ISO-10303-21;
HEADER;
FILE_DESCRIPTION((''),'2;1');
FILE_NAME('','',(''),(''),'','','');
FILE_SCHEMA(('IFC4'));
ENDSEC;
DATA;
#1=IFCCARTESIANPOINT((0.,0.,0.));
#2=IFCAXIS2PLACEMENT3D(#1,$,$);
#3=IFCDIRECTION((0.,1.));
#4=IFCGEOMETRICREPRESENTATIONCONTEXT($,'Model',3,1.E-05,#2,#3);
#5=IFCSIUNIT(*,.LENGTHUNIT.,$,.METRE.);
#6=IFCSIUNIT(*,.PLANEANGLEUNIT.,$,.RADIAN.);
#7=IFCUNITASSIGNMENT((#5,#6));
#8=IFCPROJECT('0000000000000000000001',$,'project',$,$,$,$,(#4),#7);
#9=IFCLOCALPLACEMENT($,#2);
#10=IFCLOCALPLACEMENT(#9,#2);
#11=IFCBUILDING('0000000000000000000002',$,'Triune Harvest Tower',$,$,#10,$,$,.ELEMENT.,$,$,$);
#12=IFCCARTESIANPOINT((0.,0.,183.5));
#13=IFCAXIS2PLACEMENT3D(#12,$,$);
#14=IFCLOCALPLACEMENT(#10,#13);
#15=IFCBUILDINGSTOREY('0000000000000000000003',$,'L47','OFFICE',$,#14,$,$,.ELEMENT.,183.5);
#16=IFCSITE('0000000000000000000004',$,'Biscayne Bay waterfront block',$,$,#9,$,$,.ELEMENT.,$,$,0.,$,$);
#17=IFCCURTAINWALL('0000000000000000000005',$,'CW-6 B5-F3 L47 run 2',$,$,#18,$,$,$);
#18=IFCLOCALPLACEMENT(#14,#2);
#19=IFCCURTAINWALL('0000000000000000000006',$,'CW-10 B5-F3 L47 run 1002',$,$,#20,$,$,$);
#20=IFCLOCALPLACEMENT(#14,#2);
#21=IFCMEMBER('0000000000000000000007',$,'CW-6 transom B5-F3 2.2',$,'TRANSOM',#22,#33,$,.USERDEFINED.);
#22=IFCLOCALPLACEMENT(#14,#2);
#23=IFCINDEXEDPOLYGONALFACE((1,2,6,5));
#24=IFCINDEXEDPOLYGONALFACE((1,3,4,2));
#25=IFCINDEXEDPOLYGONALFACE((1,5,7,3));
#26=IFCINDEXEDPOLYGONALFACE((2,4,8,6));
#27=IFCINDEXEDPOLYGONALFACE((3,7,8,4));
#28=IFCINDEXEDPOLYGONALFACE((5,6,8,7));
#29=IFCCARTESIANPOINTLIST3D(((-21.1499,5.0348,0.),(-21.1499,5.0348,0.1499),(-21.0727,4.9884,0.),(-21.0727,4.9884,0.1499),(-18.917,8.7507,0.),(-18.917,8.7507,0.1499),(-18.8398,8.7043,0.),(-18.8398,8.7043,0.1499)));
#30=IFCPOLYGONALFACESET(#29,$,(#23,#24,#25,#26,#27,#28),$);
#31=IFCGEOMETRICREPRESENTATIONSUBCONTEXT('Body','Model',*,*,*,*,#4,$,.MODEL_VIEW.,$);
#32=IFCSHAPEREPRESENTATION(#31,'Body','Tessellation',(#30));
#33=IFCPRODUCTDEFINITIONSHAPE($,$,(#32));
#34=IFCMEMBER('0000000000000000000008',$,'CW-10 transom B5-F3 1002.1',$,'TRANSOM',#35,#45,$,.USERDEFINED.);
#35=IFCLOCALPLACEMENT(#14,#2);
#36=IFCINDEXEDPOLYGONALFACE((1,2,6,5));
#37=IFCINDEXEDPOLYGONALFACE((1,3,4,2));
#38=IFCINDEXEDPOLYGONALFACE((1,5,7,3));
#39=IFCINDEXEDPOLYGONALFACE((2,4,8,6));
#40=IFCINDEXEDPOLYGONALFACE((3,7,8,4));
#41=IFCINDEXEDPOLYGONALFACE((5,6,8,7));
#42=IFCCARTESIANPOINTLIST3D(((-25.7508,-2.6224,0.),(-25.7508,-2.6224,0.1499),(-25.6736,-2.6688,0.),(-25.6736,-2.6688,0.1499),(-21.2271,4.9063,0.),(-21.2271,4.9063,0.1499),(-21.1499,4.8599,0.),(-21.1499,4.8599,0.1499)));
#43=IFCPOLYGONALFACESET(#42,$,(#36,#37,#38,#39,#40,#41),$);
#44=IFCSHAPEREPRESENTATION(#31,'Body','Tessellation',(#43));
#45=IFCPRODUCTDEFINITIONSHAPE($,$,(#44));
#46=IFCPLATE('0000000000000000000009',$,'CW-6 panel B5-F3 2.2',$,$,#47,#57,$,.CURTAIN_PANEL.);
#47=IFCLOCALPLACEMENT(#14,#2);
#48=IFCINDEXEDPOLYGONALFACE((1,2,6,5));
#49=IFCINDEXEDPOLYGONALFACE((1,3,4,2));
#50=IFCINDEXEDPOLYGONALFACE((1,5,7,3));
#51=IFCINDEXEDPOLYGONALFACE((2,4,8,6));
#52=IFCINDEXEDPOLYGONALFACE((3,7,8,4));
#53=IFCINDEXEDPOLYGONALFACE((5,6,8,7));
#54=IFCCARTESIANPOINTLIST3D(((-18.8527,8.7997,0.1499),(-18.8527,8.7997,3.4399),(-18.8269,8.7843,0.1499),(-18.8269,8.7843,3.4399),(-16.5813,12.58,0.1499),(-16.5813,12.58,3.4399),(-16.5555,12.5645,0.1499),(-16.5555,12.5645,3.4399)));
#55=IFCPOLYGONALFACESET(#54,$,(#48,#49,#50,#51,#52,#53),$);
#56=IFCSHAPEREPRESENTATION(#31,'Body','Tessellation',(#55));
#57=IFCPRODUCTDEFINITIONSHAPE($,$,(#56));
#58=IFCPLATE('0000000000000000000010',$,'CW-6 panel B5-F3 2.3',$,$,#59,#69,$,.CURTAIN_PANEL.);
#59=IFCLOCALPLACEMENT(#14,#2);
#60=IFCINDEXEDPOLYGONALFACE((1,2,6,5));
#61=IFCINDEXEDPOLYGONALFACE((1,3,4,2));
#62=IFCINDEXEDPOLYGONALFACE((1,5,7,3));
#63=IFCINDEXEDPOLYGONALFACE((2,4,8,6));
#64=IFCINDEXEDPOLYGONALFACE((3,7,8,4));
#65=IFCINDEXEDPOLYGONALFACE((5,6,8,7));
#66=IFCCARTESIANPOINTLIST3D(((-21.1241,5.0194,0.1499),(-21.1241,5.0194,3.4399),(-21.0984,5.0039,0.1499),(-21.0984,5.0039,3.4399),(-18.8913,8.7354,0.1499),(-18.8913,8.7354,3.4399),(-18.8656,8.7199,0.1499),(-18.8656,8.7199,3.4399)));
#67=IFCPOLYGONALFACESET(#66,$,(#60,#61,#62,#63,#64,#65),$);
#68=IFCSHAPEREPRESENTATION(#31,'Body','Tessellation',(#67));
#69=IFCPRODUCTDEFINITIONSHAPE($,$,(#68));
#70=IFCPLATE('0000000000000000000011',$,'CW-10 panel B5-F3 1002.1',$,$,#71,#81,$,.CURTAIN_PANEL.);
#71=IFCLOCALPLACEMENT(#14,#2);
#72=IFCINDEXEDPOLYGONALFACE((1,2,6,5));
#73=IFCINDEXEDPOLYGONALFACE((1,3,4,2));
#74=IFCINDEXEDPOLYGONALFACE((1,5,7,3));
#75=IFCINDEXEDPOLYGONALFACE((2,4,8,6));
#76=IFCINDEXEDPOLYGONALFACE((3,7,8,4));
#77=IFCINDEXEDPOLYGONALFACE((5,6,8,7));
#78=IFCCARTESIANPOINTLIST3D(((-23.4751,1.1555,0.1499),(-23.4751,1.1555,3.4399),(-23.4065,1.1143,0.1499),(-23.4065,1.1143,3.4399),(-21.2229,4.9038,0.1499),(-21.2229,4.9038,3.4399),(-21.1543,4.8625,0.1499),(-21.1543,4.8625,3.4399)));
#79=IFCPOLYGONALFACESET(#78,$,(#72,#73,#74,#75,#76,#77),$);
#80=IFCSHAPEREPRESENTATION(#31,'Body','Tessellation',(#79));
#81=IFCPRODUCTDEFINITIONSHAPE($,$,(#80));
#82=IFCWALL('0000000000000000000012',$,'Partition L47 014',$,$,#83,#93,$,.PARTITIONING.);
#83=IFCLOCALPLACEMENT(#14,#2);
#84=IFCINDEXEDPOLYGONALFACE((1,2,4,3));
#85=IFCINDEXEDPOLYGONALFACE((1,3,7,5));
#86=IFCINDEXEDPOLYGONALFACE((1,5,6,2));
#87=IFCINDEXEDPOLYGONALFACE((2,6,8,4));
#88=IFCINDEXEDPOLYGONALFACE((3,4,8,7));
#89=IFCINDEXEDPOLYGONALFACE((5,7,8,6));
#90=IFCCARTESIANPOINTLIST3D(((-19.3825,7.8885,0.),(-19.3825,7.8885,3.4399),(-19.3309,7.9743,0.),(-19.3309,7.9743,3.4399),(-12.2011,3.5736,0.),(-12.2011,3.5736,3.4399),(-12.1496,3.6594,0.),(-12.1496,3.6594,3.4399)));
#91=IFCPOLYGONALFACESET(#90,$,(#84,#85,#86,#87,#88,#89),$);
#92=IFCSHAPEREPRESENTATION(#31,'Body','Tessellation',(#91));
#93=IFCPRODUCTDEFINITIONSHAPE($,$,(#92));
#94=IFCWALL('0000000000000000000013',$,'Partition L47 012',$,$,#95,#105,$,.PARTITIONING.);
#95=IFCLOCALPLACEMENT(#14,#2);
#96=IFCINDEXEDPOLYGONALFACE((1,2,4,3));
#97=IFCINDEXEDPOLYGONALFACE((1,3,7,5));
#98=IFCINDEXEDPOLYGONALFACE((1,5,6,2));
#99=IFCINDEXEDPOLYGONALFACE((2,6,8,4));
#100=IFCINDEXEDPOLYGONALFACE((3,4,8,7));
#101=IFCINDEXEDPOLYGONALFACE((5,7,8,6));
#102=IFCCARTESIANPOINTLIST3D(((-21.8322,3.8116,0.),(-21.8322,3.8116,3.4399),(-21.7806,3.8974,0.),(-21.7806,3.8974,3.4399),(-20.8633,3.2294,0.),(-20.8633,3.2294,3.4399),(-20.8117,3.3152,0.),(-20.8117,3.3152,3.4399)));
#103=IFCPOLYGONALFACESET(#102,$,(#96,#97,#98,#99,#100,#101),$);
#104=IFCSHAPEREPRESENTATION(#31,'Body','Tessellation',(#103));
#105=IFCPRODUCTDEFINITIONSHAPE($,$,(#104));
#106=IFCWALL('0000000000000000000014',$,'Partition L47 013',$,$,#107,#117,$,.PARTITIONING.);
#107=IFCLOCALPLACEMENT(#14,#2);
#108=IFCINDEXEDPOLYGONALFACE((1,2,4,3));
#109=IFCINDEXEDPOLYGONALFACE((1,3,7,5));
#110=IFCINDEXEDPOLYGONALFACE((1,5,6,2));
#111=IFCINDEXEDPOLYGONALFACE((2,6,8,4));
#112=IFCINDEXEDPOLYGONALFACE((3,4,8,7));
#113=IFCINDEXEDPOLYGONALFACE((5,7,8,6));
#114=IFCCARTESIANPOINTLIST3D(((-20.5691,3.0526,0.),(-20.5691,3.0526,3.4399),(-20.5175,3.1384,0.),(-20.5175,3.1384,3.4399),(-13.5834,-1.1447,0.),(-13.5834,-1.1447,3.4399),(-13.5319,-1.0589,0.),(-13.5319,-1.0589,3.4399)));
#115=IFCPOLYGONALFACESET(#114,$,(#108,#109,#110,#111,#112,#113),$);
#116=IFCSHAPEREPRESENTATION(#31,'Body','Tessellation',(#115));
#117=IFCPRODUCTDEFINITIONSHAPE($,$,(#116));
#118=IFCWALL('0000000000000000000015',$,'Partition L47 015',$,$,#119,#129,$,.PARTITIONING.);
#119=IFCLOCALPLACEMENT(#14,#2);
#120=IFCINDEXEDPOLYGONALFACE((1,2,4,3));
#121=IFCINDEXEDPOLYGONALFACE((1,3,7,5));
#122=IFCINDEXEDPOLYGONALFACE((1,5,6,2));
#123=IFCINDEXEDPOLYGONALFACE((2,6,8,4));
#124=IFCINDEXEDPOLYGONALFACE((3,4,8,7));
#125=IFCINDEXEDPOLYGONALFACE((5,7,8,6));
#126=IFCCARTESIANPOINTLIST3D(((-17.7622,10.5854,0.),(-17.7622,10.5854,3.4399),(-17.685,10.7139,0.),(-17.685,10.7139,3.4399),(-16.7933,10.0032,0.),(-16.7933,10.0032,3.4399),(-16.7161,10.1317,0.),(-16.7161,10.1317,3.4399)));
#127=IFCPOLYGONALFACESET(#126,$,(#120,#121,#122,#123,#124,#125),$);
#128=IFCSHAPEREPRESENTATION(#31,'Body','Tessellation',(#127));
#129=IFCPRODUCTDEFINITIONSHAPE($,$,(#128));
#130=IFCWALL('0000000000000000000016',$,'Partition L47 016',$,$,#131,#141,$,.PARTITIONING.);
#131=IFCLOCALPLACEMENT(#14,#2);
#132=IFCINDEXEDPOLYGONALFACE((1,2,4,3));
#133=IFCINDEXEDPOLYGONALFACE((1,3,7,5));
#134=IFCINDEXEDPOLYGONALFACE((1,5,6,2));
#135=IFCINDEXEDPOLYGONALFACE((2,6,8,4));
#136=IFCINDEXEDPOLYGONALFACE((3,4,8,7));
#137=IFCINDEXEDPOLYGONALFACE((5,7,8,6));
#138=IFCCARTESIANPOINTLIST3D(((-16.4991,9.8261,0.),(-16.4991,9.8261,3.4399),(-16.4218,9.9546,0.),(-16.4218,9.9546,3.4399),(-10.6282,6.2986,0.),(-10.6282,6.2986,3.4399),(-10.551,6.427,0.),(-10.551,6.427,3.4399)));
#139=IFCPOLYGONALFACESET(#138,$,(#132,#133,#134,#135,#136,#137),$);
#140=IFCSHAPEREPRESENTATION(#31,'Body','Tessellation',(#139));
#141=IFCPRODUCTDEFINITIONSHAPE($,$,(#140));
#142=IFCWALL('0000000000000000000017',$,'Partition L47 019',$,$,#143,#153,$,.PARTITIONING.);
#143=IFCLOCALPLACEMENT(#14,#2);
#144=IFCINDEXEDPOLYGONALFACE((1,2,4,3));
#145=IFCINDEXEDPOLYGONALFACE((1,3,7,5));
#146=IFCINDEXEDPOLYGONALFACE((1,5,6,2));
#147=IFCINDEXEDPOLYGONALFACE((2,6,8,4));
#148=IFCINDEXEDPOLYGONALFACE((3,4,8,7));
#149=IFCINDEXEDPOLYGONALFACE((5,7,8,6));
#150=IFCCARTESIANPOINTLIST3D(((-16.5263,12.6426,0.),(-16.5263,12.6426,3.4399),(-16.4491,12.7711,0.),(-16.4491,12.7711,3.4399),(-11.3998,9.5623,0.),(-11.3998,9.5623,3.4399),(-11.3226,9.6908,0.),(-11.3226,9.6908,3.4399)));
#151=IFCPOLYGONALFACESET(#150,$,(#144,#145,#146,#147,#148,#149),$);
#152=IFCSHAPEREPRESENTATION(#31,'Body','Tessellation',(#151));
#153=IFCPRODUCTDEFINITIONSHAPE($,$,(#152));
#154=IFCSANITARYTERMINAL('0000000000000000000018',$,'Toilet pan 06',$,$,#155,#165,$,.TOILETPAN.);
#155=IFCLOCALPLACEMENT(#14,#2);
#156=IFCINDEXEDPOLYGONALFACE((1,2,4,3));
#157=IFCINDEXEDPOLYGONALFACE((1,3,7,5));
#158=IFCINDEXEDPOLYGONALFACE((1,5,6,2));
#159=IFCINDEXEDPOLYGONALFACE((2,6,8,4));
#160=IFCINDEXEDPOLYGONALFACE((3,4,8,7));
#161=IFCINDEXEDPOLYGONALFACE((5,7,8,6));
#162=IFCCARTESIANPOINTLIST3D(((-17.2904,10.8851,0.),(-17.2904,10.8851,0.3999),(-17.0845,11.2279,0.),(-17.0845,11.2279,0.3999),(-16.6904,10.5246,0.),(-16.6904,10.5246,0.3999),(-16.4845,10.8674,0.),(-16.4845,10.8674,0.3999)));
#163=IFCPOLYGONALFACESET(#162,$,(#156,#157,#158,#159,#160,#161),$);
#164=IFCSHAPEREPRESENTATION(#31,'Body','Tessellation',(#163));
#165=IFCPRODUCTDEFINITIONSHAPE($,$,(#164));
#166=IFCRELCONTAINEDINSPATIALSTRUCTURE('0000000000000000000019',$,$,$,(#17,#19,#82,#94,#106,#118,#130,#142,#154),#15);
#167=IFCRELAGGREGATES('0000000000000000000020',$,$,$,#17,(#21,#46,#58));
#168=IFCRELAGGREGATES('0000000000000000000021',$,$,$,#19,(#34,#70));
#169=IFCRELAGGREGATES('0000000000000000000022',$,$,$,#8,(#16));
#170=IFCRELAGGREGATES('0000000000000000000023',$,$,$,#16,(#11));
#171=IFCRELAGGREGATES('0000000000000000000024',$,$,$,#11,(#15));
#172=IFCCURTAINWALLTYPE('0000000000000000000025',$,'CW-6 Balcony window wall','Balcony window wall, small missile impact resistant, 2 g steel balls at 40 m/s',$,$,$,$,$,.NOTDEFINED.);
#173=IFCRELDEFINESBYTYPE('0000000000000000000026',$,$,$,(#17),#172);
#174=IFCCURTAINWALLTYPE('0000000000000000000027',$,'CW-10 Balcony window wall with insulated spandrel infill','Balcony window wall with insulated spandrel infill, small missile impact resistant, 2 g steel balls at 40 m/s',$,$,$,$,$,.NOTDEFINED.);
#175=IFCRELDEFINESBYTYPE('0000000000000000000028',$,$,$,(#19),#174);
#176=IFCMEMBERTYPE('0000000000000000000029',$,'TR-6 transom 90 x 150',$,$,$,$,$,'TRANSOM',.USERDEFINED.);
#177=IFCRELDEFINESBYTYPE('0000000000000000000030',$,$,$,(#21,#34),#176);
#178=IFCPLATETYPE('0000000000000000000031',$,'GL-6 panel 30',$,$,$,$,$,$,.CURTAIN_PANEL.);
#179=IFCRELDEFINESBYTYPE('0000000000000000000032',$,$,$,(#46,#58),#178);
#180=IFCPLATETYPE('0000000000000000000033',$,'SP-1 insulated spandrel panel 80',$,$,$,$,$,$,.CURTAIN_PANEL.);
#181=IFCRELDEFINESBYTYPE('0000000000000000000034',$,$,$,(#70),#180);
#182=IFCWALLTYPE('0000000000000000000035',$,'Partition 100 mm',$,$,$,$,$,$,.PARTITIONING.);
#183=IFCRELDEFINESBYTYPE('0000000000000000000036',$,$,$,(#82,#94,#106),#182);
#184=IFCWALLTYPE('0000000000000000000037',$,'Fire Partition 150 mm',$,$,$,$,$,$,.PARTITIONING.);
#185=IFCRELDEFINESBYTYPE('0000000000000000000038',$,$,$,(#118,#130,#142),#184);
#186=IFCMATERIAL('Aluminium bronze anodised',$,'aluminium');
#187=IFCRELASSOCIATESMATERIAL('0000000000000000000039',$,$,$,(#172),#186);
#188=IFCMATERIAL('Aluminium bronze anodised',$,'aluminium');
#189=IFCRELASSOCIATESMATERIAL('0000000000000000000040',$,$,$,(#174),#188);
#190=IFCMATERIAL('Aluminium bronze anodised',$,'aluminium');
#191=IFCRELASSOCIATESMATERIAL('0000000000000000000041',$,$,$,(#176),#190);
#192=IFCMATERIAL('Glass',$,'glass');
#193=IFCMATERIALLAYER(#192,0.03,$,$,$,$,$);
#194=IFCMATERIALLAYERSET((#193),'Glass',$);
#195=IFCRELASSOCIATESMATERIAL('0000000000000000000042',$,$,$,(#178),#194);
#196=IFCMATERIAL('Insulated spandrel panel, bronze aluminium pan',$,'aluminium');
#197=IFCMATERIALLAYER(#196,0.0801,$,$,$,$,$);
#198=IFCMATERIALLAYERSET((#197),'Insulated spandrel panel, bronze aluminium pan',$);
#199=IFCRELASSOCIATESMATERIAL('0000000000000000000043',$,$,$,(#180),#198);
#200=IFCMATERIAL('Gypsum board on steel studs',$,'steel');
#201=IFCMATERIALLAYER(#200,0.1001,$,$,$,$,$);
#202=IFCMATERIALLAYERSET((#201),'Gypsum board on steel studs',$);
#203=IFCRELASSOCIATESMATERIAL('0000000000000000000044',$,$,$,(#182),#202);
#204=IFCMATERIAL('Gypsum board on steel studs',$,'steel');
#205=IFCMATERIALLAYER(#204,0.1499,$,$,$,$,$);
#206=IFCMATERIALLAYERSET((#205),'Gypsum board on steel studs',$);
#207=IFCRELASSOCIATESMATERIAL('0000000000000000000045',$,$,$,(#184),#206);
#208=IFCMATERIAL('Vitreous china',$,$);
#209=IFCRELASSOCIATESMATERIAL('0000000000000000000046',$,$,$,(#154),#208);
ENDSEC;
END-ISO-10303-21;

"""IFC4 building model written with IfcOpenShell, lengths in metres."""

from ifc_helpers import new_model, si_unit, direction, frame, frame_2d, origin, origin_2d, place, context, subcontext, project, spatial, rectangle, extrude, source, transform, mapped, material, layer, layer_set, material_profile, profile_set, type_object, element, aggregate, save


model = new_model("IFC4")

# Units and contexts
model_context = context("Model", 3, precision=1e-05, world=origin(), true_north=direction((0.0, 1.0)))
body_context = subcontext(model_context, "Body", "Model", "MODEL_VIEW")
ifc_project = project(units=[si_unit("LENGTHUNIT", "METRE"), si_unit("PLANEANGLEUNIT", "RADIAN")], contexts=[model_context])

# Site, building, storey
site_placement = place(None, origin())
site = spatial("IfcSite", under=ifc_project, at=site_placement, Name="Biscayne Bay waterfront block", CompositionType="ELEMENT", RefElevation=0.0)
building_placement = place(site_placement, origin())
building = spatial("IfcBuilding", under=site, at=building_placement, Name="Triune Harvest Tower", CompositionType="ELEMENT")
storey_placement = place(building_placement, frame((0.0, 0.0, 183.5)))
storey = spatial("IfcBuildingStorey", under=building, at=storey_placement, Name="L47", Description="OFFICE", CompositionType="ELEMENT", Elevation=183.5)

# Curtain wall
ifc_material_1 = material(Name="Aluminium bronze anodised", Category="aluminium")
curtain_wall_type_1 = type_object("IfcCurtainWallType", Name="CW-6 Balcony window wall", Description="Balcony window wall, small missile impact resistant, 2 g steel balls at 40 m/s", PredefinedType="NOTDEFINED", material=ifc_material_1)
curtain_wall_1_placement = place(storey_placement, origin())
curtain_wall_1 = element("IfcCurtainWall", 1, at=curtain_wall_1_placement, inside=storey, type_object=curtain_wall_type_1, Name="CW-6 B5-F3 L47 run 2")

# Curtain wall
ifc_material_2 = material(Name="Aluminium bronze anodised", Category="aluminium")
curtain_wall_type_2 = type_object("IfcCurtainWallType", Name="CW-10 Balcony window wall with insulated spandrel infill", Description="Balcony window wall with insulated spandrel infill, small missile impact resistant, 2 g steel balls at 40 m/s", PredefinedType="NOTDEFINED", material=ifc_material_2)
curtain_wall_2_placement = place(storey_placement, origin())
curtain_wall_2 = element("IfcCurtainWall", 2, at=curtain_wall_2_placement, inside=storey, type_object=curtain_wall_type_2, Name="CW-10 B5-F3 L47 run 1002")

# Members
ifc_material_3 = material(Name="Aluminium bronze anodised", Category="aluminium")
ifc_material_profile_1 = material_profile(ifc_material_3, rectangle(XDim=0.0901, YDim=0.1499, at=origin_2d()), Name="TR-6 transom 90 x 150")
ifc_profile_set_1 = profile_set([ifc_material_profile_1], Name="Aluminium bronze anodised")
member_type_1 = type_object("IfcMemberType", Name="TR-6 transom 90 x 150", ElementType="TRANSOM", PredefinedType="USERDEFINED", material=ifc_profile_set_1)
shared_shape_1 = source(origin(), body_context, "Body", "SweptSolid", [
    extrude(rectangle(XDim=0.0901, YDim=0.1499, at=origin_2d()), origin(), (0.0, 0.0, 1.0), 4.3352),
])
member_1_placement = place(storey_placement, frame((-18.8784, 8.7275, 0.075), z_axis=(-0.515051, -0.85716, 0.0), x_axis=(0.85716, -0.515051, 0.0)))
member_1 = element("IfcMember", 3, at=member_1_placement, type_object=member_type_1, Name="CW-6 transom B5-F3 2.2", ObjectType="TRANSOM", PredefinedType="USERDEFINED", context=body_context, shape_type="MappedRepresentation", body=[
    mapped(shared_shape_1, transform((0.0, 0.0, 0.0), scale=1.0)),
])
shared_shape_2 = source(origin(), body_context, "Body", "SweptSolid", [
    extrude(rectangle(XDim=0.0901, YDim=0.1499, at=origin_2d()), origin(), (0.0, 0.0, 1.0), 8.7832),
])
member_2_placement = place(storey_placement, frame((-21.1885, 4.8831, 0.075), z_axis=(-0.515043, -0.857164, 0.0), x_axis=(0.857164, -0.515043, 0.0)))
member_2 = element("IfcMember", 4, at=member_2_placement, type_object=member_type_1, Name="CW-10 transom B5-F3 1002.1", ObjectType="TRANSOM", PredefinedType="USERDEFINED", context=body_context, shape_type="MappedRepresentation", body=[
    mapped(shared_shape_2, transform((0.0, 0.0, 0.0), scale=1.0)),
])

# Plates
ifc_material_4 = material(Name="Glass", Category="glass")
ifc_layer_1 = layer(ifc_material_4, 0.03)
ifc_layer_set_1 = layer_set([ifc_layer_1], Name="Glass")
plate_type_1 = type_object("IfcPlateType", Name="GL-6 panel 30", PredefinedType="CURTAIN_PANEL", material=ifc_layer_set_1)
shared_shape_3 = source(origin(), body_context, "Body", "SweptSolid", [
    extrude(rectangle(XDim=4.4102, YDim=0.03, at=origin_2d()), origin(), (0.0, 0.0, 1.0), 3.29),
])
plate_1_placement = place(storey_placement, frame((-17.7041, 10.6821, 0.1499), z_axis=(0.0, 0.0, 1.0), x_axis=(-0.515037, -0.857168, 0.0)))
plate_1 = element("IfcPlate", 5, at=plate_1_placement, type_object=plate_type_1, Name="CW-6 panel B5-F3 2.2", PredefinedType="CURTAIN_PANEL", context=body_context, shape_type="MappedRepresentation", body=[
    mapped(shared_shape_3, transform((0.0, 0.0, 0.0), scale=1.0)),
])
shared_shape_4 = source(origin(), body_context, "Body", "SweptSolid", [
    extrude(rectangle(XDim=4.3352, YDim=0.03, at=origin_2d()), origin(), (0.0, 0.0, 1.0), 3.29),
])
plate_2_placement = place(storey_placement, frame((-19.9949, 6.8696, 0.1499), z_axis=(0.0, 0.0, 1.0), x_axis=(-0.515037, -0.857168, 0.0)))
plate_2 = element("IfcPlate", 6, at=plate_2_placement, type_object=plate_type_1, Name="CW-6 panel B5-F3 2.3", PredefinedType="CURTAIN_PANEL", context=body_context, shape_type="MappedRepresentation", body=[
    mapped(shared_shape_4, transform((0.0, 0.0, 0.0), scale=1.0)),
])
aggregate(curtain_wall_1, [member_1, plate_1, plate_2])
ifc_material_5 = material(Name="Insulated spandrel panel, bronze aluminium pan", Category="aluminium")
ifc_layer_2 = layer(ifc_material_5, 0.0801)
ifc_layer_set_2 = layer_set([ifc_layer_2], Name="Insulated spandrel panel, bronze aluminium pan")
plate_type_2 = type_object("IfcPlateType", Name="SP-1 insulated spandrel panel 80", PredefinedType="CURTAIN_PANEL", material=ifc_layer_set_2)
shared_shape_5 = source(origin(), body_context, "Body", "SweptSolid", [
    extrude(rectangle(XDim=4.3728, YDim=0.0801, at=origin_2d()), origin(), (0.0, 0.0, 1.0), 3.29),
])
plate_3_placement = place(storey_placement, frame((-22.3147, 3.009, 0.1499), z_axis=(0.0, 0.0, 1.0), x_axis=(-0.515036, -0.857169, 0.0)))
plate_3 = element("IfcPlate", 7, at=plate_3_placement, type_object=plate_type_2, Name="CW-10 panel B5-F3 1002.1", PredefinedType="CURTAIN_PANEL", context=body_context, shape_type="MappedRepresentation", body=[
    mapped(shared_shape_5, transform((0.0, 0.0, 0.0), scale=1.0)),
])
aggregate(curtain_wall_2, [member_2, plate_3])

# Walls
ifc_material_6 = material(Name="Gypsum board on steel studs", Category="steel")
ifc_layer_3 = layer(ifc_material_6, 0.1001)
ifc_layer_set_3 = layer_set([ifc_layer_3], Name="Gypsum board on steel studs")
wall_type_1 = type_object("IfcWallType", Name="Partition 100 mm", PredefinedType="PARTITIONING", material=ifc_layer_set_3)
wall_1_placement = place(storey_placement, frame((-19.3567, 7.9314, 0.0), z_axis=(0.0, 0.0, 1.0), x_axis=(0.857171, -0.515031, 0.0)))
element("IfcWall", 8, at=wall_1_placement, inside=storey, type_object=wall_type_1, Name="Partition L47 014", PredefinedType="PARTITIONING", context=body_context, shape_type="SweptSolid", body=[
    extrude(rectangle(XDim=8.3779, YDim=0.1001, at=frame_2d((4.189, 0.0))), origin(), (0.0, 0.0, 1.0), 3.4399),
])
shared_shape_6 = source(origin(), body_context, "Body", "SweptSolid", [
    extrude(rectangle(XDim=1.1304, YDim=0.1001, at=frame_2d((0.5652, 0.0))), origin(), (0.0, 0.0, 1.0), 3.4399),
])
wall_2_placement = place(storey_placement, frame((-21.8064, 3.8545, 0.0), z_axis=(0.0, 0.0, 1.0), x_axis=(0.85715, -0.515067, 0.0)))
element("IfcWall", 9, at=wall_2_placement, inside=storey, type_object=wall_type_1, Name="Partition L47 012", PredefinedType="PARTITIONING", context=body_context, shape_type="MappedRepresentation", body=[
    mapped(shared_shape_6, transform((0.0, 0.0, 0.0), scale=1.0)),
])
shared_shape_7 = source(origin(), body_context, "Body", "SweptSolid", [
    extrude(rectangle(XDim=8.1497, YDim=0.1001, at=frame_2d((4.0747, 0.0))), origin(), (0.0, 0.0, 1.0), 3.4399),
])
wall_3_placement = place(storey_placement, frame((-20.5432, 3.0955, 0.0), z_axis=(0.0, 0.0, 1.0), x_axis=(0.857173, -0.515029, 0.0)))
element("IfcWall", 10, at=wall_3_placement, inside=storey, type_object=wall_type_1, Name="Partition L47 013", PredefinedType="PARTITIONING", context=body_context, shape_type="MappedRepresentation", body=[
    mapped(shared_shape_7, transform((0.0, 0.0, 0.0), scale=1.0)),
])
ifc_material_7 = material(Name="Gypsum board on steel studs", Category="steel")
ifc_layer_4 = layer(ifc_material_7, 0.1499)
ifc_layer_set_4 = layer_set([ifc_layer_4], Name="Gypsum board on steel studs")
wall_type_2 = type_object("IfcWallType", Name="Fire Partition 150 mm", PredefinedType="PARTITIONING", material=ifc_layer_set_4)
shared_shape_8 = source(origin(), body_context, "Body", "SweptSolid", [
    extrude(rectangle(XDim=1.1304, YDim=0.1499, at=frame_2d((0.5652, 0.0))), origin(), (0.0, 0.0, 1.0), 3.4399),
])
wall_4_placement = place(storey_placement, frame((-17.7236, 10.6497, 0.0), z_axis=(0.0, 0.0, 1.0), x_axis=(0.85715, -0.515067, 0.0)))
element("IfcWall", 11, at=wall_4_placement, inside=storey, type_object=wall_type_2, Name="Partition L47 015", PredefinedType="PARTITIONING", context=body_context, shape_type="MappedRepresentation", body=[
    mapped(shared_shape_8, transform((0.0, 0.0, 0.0), scale=1.0)),
])
shared_shape_9 = source(origin(), body_context, "Body", "SweptSolid", [
    extrude(rectangle(XDim=6.8491, YDim=0.1499, at=frame_2d((3.4246, 0.0))), origin(), (0.0, 0.0, 1.0), 3.4399),
])
wall_5_placement = place(storey_placement, frame((-16.4604, 9.8904, 0.0), z_axis=(0.0, 0.0, 1.0), x_axis=(0.857166, -0.515041, 0.0)))
element("IfcWall", 12, at=wall_5_placement, inside=storey, type_object=wall_type_2, Name="Partition L47 016", PredefinedType="PARTITIONING", context=body_context, shape_type="MappedRepresentation", body=[
    mapped(shared_shape_9, transform((0.0, 0.0, 0.0), scale=1.0)),
])
shared_shape_10 = source(origin(), body_context, "Body", "SweptSolid", [
    extrude(rectangle(XDim=5.9807, YDim=0.1499, at=frame_2d((2.9902, 0.0))), origin(), (0.0, 0.0, 1.0), 3.4399),
])
wall_6_placement = place(storey_placement, frame((-16.4875, 12.7068, 0.0), z_axis=(0.0, 0.0, 1.0), x_axis=(0.857165, -0.515042, 0.0)))
element("IfcWall", 13, at=wall_6_placement, inside=storey, type_object=wall_type_2, Name="Partition L47 019", PredefinedType="PARTITIONING", context=body_context, shape_type="MappedRepresentation", body=[
    mapped(shared_shape_10, transform((0.0, 0.0, 0.0), scale=1.0)),
])

# Sanitary terminal
ifc_material_8 = material(Name="Vitreous china")
shared_shape_11 = source(origin(), body_context, "Body", "SweptSolid", [
    extrude(rectangle(XDim=0.3999, YDim=0.7, at=origin_2d()), origin(), (0.0, 0.0, 1.0), 0.3999),
])
sanitary_terminal_1_placement = place(storey_placement, frame((-16.8875, 10.8762, 0.0), z_axis=(0.0, 0.0, 1.0), x_axis=(0.515008, 0.857185, 0.0)))
element("IfcSanitaryTerminal", 14, at=sanitary_terminal_1_placement, inside=storey, material=ifc_material_8, Name="Toilet pan 06", PredefinedType="TOILETPAN", context=body_context, shape_type="MappedRepresentation", body=[
    mapped(shared_shape_11, transform((0.0, 0.0, 0.0), scale=1.0)),
])

save(model, "model.ifc")
